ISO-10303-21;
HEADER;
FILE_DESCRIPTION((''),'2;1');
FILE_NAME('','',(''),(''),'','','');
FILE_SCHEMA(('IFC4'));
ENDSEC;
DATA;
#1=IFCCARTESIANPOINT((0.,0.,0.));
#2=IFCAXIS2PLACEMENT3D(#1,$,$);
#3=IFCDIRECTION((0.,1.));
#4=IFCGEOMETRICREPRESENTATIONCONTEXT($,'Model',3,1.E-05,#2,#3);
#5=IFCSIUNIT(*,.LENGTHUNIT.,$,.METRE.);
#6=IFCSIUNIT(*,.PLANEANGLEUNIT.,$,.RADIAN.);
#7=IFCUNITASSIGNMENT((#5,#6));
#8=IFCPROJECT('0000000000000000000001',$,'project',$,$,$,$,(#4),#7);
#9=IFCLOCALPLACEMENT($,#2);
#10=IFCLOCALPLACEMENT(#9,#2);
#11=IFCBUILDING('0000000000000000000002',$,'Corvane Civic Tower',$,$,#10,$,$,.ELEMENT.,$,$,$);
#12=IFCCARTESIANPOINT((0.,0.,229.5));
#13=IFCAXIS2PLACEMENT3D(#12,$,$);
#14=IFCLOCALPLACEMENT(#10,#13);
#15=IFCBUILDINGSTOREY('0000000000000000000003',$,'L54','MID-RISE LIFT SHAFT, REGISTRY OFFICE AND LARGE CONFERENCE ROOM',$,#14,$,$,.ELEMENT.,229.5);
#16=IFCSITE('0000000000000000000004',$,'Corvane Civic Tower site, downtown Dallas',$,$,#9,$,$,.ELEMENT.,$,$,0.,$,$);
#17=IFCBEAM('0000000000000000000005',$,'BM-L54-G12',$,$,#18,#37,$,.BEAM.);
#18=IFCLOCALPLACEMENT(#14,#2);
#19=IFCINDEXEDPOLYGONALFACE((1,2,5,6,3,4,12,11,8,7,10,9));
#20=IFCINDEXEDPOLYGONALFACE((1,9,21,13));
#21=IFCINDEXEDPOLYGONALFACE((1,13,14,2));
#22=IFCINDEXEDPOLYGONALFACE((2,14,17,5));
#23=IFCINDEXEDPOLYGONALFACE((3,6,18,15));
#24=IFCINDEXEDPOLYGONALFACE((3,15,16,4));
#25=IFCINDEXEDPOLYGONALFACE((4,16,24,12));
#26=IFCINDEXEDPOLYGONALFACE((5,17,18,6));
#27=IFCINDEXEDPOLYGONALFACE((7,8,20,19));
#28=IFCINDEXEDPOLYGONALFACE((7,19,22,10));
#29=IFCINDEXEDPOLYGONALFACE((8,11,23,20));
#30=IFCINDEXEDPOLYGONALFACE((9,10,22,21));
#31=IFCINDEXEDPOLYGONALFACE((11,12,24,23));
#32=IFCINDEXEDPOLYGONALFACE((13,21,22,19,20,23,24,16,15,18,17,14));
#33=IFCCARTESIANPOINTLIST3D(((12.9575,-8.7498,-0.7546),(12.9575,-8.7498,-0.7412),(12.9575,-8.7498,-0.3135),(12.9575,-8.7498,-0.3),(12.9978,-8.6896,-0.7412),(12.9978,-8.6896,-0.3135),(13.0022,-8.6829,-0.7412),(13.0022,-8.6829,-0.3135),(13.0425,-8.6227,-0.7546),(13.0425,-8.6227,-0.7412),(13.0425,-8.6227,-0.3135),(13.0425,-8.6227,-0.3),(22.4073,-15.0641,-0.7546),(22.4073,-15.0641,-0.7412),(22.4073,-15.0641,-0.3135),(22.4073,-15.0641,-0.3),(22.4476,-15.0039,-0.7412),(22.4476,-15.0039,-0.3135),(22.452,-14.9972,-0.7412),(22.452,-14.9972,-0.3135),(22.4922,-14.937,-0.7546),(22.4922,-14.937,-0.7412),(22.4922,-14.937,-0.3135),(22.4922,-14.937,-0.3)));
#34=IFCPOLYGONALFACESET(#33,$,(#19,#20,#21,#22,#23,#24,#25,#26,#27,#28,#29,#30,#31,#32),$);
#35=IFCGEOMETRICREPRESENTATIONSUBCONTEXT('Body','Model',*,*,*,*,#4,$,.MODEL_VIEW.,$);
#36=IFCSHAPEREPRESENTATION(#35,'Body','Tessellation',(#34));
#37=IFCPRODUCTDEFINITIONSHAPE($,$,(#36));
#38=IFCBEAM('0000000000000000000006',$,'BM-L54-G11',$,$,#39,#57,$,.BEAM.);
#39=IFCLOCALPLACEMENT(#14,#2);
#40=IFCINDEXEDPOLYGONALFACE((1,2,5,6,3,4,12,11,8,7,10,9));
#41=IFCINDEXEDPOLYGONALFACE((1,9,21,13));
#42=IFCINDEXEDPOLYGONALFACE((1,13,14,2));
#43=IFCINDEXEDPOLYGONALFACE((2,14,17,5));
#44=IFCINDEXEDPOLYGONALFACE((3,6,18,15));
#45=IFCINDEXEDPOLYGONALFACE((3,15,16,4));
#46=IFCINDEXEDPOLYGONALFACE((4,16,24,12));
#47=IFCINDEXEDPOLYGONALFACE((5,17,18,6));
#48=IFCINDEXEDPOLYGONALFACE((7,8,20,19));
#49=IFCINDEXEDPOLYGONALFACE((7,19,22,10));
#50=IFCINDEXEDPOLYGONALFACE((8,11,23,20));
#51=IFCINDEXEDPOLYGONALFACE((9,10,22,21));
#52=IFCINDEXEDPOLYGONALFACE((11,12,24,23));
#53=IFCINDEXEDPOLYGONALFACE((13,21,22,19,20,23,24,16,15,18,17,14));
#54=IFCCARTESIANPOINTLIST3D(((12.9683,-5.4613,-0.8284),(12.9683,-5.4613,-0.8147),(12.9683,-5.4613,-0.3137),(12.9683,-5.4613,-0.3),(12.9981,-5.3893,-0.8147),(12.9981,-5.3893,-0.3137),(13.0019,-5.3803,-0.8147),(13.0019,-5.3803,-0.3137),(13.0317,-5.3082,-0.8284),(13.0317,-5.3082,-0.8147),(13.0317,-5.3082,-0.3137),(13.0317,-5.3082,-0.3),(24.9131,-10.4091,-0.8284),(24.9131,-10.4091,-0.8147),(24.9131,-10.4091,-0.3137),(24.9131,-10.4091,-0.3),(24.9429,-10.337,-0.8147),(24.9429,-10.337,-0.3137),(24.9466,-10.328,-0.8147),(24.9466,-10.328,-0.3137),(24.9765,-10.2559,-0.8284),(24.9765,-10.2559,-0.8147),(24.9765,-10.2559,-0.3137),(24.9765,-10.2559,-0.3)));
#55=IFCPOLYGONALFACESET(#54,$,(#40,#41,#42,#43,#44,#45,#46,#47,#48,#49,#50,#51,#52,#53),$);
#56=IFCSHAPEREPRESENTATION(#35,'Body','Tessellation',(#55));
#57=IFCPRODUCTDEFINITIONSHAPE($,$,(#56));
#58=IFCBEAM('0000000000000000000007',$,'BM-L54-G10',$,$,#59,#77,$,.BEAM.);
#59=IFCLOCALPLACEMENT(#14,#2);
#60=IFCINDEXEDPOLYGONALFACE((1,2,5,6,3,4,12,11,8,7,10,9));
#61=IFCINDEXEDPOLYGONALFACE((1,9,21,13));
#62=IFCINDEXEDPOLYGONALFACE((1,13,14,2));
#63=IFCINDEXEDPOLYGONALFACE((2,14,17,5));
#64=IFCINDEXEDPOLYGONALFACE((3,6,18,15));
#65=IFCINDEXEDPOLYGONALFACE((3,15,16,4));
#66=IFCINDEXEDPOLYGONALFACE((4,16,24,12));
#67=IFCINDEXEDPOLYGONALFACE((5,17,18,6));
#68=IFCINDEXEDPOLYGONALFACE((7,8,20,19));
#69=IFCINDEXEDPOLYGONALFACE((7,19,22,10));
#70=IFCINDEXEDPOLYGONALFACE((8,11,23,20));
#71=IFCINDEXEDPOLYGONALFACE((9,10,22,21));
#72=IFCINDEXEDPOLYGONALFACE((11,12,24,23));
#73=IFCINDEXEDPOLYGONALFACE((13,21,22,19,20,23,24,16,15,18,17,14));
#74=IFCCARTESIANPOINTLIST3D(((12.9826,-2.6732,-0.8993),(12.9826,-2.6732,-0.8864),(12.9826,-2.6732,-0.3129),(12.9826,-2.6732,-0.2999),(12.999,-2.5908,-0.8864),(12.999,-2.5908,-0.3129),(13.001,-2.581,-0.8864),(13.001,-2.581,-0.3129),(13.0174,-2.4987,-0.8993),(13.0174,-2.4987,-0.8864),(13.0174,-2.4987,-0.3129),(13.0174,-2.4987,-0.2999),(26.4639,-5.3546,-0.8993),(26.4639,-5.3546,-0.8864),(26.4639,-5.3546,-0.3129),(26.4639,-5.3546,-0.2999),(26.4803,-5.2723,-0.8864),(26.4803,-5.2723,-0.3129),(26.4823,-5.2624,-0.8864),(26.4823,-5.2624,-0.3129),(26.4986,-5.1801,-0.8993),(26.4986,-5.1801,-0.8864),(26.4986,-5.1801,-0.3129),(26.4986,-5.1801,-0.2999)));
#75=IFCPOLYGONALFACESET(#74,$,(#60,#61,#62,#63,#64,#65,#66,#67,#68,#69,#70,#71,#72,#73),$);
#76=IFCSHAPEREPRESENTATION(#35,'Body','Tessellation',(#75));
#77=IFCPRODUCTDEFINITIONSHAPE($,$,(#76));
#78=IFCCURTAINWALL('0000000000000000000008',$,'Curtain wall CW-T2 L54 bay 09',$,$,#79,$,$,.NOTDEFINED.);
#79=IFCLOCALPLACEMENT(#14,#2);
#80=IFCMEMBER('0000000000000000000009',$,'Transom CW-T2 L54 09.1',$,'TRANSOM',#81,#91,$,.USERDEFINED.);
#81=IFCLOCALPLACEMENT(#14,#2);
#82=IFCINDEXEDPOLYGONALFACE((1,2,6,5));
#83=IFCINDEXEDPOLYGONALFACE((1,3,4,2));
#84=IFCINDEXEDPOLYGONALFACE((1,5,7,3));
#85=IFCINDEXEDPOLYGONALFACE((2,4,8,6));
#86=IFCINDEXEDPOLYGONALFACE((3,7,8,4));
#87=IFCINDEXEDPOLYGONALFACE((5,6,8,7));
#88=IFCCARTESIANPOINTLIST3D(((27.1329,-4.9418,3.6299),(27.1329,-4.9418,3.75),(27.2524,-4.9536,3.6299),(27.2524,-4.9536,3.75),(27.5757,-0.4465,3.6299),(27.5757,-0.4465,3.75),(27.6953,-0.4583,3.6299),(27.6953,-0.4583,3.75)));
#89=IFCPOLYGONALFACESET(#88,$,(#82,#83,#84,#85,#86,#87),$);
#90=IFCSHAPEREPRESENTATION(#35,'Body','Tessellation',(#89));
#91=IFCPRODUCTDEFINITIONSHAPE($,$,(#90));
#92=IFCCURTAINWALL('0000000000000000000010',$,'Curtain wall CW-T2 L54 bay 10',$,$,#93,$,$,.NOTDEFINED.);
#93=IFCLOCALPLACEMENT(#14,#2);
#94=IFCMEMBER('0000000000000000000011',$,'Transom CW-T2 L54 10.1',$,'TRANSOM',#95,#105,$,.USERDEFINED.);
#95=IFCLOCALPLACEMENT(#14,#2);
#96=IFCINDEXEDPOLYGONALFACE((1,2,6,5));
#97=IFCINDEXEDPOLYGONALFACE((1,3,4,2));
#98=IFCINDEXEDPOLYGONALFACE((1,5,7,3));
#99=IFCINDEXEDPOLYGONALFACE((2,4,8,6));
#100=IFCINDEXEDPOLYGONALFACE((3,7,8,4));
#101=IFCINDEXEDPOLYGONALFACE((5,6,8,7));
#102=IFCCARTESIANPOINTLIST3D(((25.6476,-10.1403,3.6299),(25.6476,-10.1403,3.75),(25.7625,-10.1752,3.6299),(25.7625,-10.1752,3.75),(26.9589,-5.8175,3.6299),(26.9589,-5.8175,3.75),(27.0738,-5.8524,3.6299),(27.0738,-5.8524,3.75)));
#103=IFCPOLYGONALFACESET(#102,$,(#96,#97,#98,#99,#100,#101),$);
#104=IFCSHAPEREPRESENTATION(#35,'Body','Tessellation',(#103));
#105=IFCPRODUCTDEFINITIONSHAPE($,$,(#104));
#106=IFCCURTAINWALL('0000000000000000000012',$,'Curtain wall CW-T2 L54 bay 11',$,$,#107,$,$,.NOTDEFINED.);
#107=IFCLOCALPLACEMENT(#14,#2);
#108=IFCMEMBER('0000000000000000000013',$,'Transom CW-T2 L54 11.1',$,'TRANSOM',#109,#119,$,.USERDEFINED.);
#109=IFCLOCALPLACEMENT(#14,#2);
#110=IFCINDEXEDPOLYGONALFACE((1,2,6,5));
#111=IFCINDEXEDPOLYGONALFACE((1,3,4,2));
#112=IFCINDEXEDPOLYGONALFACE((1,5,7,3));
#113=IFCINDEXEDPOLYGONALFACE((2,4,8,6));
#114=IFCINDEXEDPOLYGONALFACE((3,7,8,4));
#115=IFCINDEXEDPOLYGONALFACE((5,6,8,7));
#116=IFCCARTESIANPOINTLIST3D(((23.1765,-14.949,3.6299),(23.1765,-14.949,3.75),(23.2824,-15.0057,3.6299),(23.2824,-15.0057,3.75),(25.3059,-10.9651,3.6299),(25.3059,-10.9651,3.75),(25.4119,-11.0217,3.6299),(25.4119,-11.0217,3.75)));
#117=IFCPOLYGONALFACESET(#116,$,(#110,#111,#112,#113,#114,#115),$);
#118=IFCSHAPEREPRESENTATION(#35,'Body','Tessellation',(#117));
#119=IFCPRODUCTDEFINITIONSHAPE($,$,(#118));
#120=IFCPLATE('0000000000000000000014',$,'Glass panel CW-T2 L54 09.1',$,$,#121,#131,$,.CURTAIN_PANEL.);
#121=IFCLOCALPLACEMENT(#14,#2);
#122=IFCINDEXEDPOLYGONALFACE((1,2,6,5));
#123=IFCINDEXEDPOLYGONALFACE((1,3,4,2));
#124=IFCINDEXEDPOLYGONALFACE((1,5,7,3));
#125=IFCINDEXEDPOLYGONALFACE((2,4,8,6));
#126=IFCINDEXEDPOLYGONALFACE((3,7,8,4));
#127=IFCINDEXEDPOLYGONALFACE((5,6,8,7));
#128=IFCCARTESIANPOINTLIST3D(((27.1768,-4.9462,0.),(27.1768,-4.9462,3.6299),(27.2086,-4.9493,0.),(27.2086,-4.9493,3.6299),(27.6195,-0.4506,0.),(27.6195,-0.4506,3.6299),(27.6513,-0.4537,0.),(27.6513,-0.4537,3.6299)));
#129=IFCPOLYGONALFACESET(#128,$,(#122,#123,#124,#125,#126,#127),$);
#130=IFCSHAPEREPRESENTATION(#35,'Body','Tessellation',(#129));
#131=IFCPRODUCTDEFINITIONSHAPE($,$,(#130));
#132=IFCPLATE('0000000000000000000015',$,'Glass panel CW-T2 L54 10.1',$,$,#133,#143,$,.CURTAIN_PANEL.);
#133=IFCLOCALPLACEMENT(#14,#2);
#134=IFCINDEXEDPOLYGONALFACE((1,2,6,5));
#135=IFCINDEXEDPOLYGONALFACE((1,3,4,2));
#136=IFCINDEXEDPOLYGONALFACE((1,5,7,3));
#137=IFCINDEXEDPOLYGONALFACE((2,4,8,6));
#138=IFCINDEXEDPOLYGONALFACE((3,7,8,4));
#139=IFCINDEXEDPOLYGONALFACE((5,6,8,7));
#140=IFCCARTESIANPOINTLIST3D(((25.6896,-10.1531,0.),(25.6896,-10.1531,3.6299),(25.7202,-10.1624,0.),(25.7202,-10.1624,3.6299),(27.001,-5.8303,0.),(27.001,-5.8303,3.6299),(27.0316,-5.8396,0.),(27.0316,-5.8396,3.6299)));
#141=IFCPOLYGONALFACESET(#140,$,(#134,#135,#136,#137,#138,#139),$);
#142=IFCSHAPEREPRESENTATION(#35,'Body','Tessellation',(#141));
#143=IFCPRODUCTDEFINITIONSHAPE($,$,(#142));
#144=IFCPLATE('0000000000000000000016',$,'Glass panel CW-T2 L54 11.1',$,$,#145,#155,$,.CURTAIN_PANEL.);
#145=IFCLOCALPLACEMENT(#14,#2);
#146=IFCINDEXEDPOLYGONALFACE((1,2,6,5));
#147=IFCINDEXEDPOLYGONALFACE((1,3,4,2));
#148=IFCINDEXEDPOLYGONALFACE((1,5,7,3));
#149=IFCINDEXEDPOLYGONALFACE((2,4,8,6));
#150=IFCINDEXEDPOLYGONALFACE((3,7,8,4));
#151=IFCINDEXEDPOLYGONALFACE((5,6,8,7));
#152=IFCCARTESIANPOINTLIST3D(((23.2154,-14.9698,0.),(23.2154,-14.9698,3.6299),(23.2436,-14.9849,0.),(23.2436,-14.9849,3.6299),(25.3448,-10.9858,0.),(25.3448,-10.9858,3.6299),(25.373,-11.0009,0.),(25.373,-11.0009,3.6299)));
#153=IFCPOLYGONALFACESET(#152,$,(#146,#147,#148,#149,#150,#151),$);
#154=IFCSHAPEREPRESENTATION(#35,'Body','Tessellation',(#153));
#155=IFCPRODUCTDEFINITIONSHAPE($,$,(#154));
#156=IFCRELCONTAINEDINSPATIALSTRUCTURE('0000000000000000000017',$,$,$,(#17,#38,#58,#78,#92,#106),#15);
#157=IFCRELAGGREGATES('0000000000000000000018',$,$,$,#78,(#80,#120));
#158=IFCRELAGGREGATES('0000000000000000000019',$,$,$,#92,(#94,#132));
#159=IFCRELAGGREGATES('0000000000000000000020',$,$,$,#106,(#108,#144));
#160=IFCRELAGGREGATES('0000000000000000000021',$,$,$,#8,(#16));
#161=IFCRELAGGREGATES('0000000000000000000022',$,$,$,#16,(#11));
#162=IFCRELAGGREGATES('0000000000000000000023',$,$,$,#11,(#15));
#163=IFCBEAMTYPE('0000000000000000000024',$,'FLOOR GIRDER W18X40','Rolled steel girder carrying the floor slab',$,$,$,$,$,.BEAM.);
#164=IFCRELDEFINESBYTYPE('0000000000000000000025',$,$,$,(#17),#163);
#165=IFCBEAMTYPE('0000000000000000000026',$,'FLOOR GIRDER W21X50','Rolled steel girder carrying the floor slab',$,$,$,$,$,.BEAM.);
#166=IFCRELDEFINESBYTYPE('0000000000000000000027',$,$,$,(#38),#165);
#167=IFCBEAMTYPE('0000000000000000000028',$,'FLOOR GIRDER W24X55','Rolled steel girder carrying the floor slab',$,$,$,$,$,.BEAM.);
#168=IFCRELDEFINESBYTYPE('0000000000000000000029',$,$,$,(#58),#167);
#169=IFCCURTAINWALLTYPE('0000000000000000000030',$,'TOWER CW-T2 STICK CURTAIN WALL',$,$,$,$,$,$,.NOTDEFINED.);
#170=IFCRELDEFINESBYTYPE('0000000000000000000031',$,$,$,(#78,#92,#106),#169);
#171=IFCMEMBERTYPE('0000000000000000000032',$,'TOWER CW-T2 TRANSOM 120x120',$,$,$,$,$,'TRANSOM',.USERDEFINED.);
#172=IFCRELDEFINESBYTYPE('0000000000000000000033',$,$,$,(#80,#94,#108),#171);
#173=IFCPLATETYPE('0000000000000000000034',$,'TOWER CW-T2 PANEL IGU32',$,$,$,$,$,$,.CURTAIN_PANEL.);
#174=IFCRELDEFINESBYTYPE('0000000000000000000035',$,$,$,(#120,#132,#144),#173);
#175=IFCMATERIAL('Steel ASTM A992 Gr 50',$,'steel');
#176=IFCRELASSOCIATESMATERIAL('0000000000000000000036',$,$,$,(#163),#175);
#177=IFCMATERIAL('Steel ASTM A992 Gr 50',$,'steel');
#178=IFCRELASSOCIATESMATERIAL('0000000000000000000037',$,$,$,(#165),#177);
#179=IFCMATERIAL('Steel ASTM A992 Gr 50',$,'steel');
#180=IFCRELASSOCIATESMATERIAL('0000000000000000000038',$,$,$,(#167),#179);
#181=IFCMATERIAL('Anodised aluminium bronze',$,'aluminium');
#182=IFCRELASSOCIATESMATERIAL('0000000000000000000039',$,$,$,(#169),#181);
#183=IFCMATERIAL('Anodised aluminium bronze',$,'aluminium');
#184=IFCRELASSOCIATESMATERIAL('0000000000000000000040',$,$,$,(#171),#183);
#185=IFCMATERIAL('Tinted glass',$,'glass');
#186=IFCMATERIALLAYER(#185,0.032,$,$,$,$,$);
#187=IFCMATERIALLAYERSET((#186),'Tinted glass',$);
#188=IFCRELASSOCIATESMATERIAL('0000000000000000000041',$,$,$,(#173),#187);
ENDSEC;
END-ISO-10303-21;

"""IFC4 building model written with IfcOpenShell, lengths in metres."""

from ifc_helpers import new_model, si_unit, direction, frame, origin, origin_2d, place, context, subcontext, project, spatial, rectangle, i_section, extrude, material, layer, layer_set, material_profile, profile_set, type_object, element, aggregate, save


model = new_model("IFC4")

# Units and contexts
model_context = context("Model", 3, precision=1e-05, world=origin(), true_north=direction((0.0, 1.0)))
body_context = subcontext(model_context, "Body", "Model", "MODEL_VIEW")
ifc_project = project(units=[si_unit("LENGTHUNIT", "METRE"), si_unit("PLANEANGLEUNIT", "RADIAN")], contexts=[model_context])

# Site, building, storey
site_placement = place(None, origin())
site = spatial("IfcSite", under=ifc_project, at=site_placement, Name="Corvane Civic Tower site, downtown Dallas", CompositionType="ELEMENT", RefElevation=0.0)
building_placement = place(site_placement, origin())
building = spatial("IfcBuilding", under=site, at=building_placement, Name="Corvane Civic Tower", CompositionType="ELEMENT")
storey_placement = place(building_placement, frame((0.0, 0.0, 229.5)))
storey = spatial("IfcBuildingStorey", under=building, at=storey_placement, Name="L54", Description="MID-RISE LIFT SHAFT, REGISTRY OFFICE AND LARGE CONFERENCE ROOM", CompositionType="ELEMENT", Elevation=229.5)

# Beams
ifc_material_1 = material(Name="Steel ASTM A992 Gr 50", Category="steel")
ifc_material_profile_1 = material_profile(ifc_material_1, i_section(OverallWidth=0.1528, OverallDepth=0.4546, WebThickness=0.0081, FlangeThickness=0.0134, at=origin_2d()), Name="W18X40")
ifc_profile_set_1 = profile_set([ifc_material_profile_1], Name="Steel ASTM A992 Gr 50")
beam_type_1 = type_object("IfcBeamType", Name="FLOOR GIRDER W18X40", Description="Rolled steel girder carrying the floor slab", PredefinedType="BEAM", material=ifc_profile_set_1)
beam_1_placement = place(storey_placement, frame((13.0, -8.6863, -0.5273), z_axis=(0.831465, -0.555577, 0.0), x_axis=(0.555577, 0.831465, 0.0)))
element("IfcBeam", 1, at=beam_1_placement, inside=storey, type_object=beam_type_1, Name="BM-L54-G12", PredefinedType="BEAM", context=body_context, shape_type="SweptSolid", body=[
    extrude(i_section(OverallWidth=0.1528, OverallDepth=0.4546, WebThickness=0.0081, FlangeThickness=0.0134, at=origin_2d()), origin(), (0.0, 0.0, 1.0), 11.3652),
])
ifc_material_2 = material(Name="Steel ASTM A992 Gr 50", Category="steel")
ifc_material_profile_2 = material_profile(ifc_material_2, i_section(OverallWidth=0.1658, OverallDepth=0.5283, WebThickness=0.0098, FlangeThickness=0.0137, at=origin_2d()), Name="W21X50")
ifc_profile_set_2 = profile_set([ifc_material_profile_2], Name="Steel ASTM A992 Gr 50")
beam_type_2 = type_object("IfcBeamType", Name="FLOOR GIRDER W21X50", Description="Rolled steel girder carrying the floor slab", PredefinedType="BEAM", material=ifc_profile_set_2)
beam_2_placement = place(storey_placement, frame((13.0, -5.3848, -0.5642), z_axis=(0.923878, -0.382686, 0.0), x_axis=(0.382686, 0.923878, 0.0)))
element("IfcBeam", 2, at=beam_2_placement, inside=storey, type_object=beam_type_2, Name="BM-L54-G11", PredefinedType="BEAM", context=body_context, shape_type="SweptSolid", body=[
    extrude(i_section(OverallWidth=0.1658, OverallDepth=0.5283, WebThickness=0.0098, FlangeThickness=0.0137, at=origin_2d()), origin(), (0.0, 0.0, 1.0), 12.929),
])
ifc_material_3 = material(Name="Steel ASTM A992 Gr 50", Category="steel")
ifc_material_profile_3 = material_profile(ifc_material_3, i_section(OverallWidth=0.178, OverallDepth=0.5994, WebThickness=0.01, FlangeThickness=0.0129, at=origin_2d()), Name="W24X55")
ifc_profile_set_3 = profile_set([ifc_material_profile_3], Name="Steel ASTM A992 Gr 50")
beam_type_3 = type_object("IfcBeamType", Name="FLOOR GIRDER W24X55", Description="Rolled steel girder carrying the floor slab", PredefinedType="BEAM", material=ifc_profile_set_3)
beam_3_placement = place(storey_placement, frame((13.0, -2.5859, -0.5996), z_axis=(0.980788, -0.195078, 0.0), x_axis=(0.195078, 0.980788, 0.0)))
element("IfcBeam", 3, at=beam_3_placement, inside=storey, type_object=beam_type_3, Name="BM-L54-G10", PredefinedType="BEAM", context=body_context, shape_type="SweptSolid", body=[
    extrude(i_section(OverallWidth=0.178, OverallDepth=0.5994, WebThickness=0.01, FlangeThickness=0.0129, at=origin_2d()), origin(), (0.0, 0.0, 1.0), 13.7454),
])

# Curtain walls, members
ifc_material_4 = material(Name="Anodised aluminium bronze", Category="aluminium")
curtain_wall_type = type_object("IfcCurtainWallType", Name="TOWER CW-T2 STICK CURTAIN WALL", PredefinedType="NOTDEFINED", material=ifc_material_4)
curtain_wall_1_placement = place(storey_placement, origin())
curtain_wall_1 = element("IfcCurtainWall", 4, at=curtain_wall_1_placement, inside=storey, type_object=curtain_wall_type, Name="Curtain wall CW-T2 L54 bay 09", PredefinedType="NOTDEFINED")
ifc_material_5 = material(Name="Anodised aluminium bronze", Category="aluminium")
ifc_material_profile_4 = material_profile(ifc_material_5, rectangle(XDim=0.1201, YDim=0.1201, at=origin_2d()), Name="TOWER CW-T2 TRANSOM 120x120")
ifc_profile_set_4 = profile_set([ifc_material_profile_4], Name="Anodised aluminium bronze")
member_type = type_object("IfcMemberType", Name="TOWER CW-T2 TRANSOM 120x120", ElementType="TRANSOM", PredefinedType="USERDEFINED", material=ifc_profile_set_4)
member_1_placement = place(storey_placement, frame((27.6355, -0.4524, 3.6899), z_axis=(-0.098043, -0.995182, 0.0), x_axis=(0.995182, -0.098043, 0.0)))
member_1 = element("IfcMember", 5, at=member_1_placement, type_object=member_type, Name="Transom CW-T2 L54 09.1", ObjectType="TRANSOM", PredefinedType="USERDEFINED", context=body_context, shape_type="SweptSolid", body=[
    extrude(rectangle(XDim=0.1201, YDim=0.1201, at=origin_2d()), origin(), (0.0, 0.0, 1.0), 4.5171),
])
curtain_wall_2_placement = place(storey_placement, origin())
curtain_wall_2 = element("IfcCurtainWall", 6, at=curtain_wall_2_placement, inside=storey, type_object=curtain_wall_type, Name="Curtain wall CW-T2 L54 bay 10", PredefinedType="NOTDEFINED")
member_2_placement = place(storey_placement, frame((27.0164, -5.835, 3.6899), z_axis=(-0.290282, -0.956941, 0.0), x_axis=(0.956941, -0.290282, 0.0)))
member_2 = element("IfcMember", 7, at=member_2_placement, type_object=member_type, Name="Transom CW-T2 L54 10.1", ObjectType="TRANSOM", PredefinedType="USERDEFINED", context=body_context, shape_type="SweptSolid", body=[
    extrude(rectangle(XDim=0.1201, YDim=0.1201, at=origin_2d()), origin(), (0.0, 0.0, 1.0), 4.5173),
])
curtain_wall_3_placement = place(storey_placement, origin())
curtain_wall_3 = element("IfcCurtainWall", 8, at=curtain_wall_3_placement, inside=storey, type_object=curtain_wall_type, Name="Curtain wall CW-T2 L54 bay 11", PredefinedType="NOTDEFINED")
member_3_placement = place(storey_placement, frame((25.3589, -10.9934, 3.6899), z_axis=(-0.47139, -0.881925, 0.0), x_axis=(0.881925, -0.47139, 0.0)))
member_3 = element("IfcMember", 9, at=member_3_placement, type_object=member_type, Name="Transom CW-T2 L54 11.1", ObjectType="TRANSOM", PredefinedType="USERDEFINED", context=body_context, shape_type="SweptSolid", body=[
    extrude(rectangle(XDim=0.1201, YDim=0.1201, at=origin_2d()), origin(), (0.0, 0.0, 1.0), 4.5173),
])

# Plates
ifc_material_6 = material(Name="Tinted glass", Category="glass")
ifc_layer_1 = layer(ifc_material_6, 0.032)
ifc_layer_set_1 = layer_set([ifc_layer_1], Name="Tinted glass")
plate_type = type_object("IfcPlateType", Name="TOWER CW-T2 PANEL IGU32", PredefinedType="CURTAIN_PANEL", material=ifc_layer_set_1)
plate_1_placement = place(storey_placement, frame((27.4141, -2.7, 0.0), z_axis=(0.0, 0.0, 1.0), x_axis=(-0.097993, -0.995187, 0.0)))
plate_1 = element("IfcPlate", 10, at=plate_1_placement, type_object=plate_type, Name="Glass panel CW-T2 L54 09.1", PredefinedType="CURTAIN_PANEL", context=body_context, shape_type="SweptSolid", body=[
    extrude(rectangle(XDim=4.5173, YDim=0.032, at=origin_2d()), origin(), (0.0, 0.0, 1.0), 3.6299),
])
aggregate(curtain_wall_1, [member_1, plate_1])
plate_2_placement = place(storey_placement, frame((26.3606, -7.9963, 0.0), z_axis=(0.0, 0.0, 1.0), x_axis=(-0.29029, -0.956939, 0.0)))
plate_2 = element("IfcPlate", 11, at=plate_2_placement, type_object=plate_type, Name="Glass panel CW-T2 L54 10.1", PredefinedType="CURTAIN_PANEL", context=body_context, shape_type="SweptSolid", body=[
    extrude(rectangle(XDim=4.5173, YDim=0.032, at=origin_2d()), origin(), (0.0, 0.0, 1.0), 3.6299),
])
aggregate(curtain_wall_2, [member_2, plate_2])
plate_3_placement = place(storey_placement, frame((24.2942, -12.9854, 0.0), z_axis=(0.0, 0.0, 1.0), x_axis=(-0.471398, -0.88192, 0.0)))
plate_3 = element("IfcPlate", 12, at=plate_3_placement, type_object=plate_type, Name="Glass panel CW-T2 L54 11.1", PredefinedType="CURTAIN_PANEL", context=body_context, shape_type="SweptSolid", body=[
    extrude(rectangle(XDim=4.5173, YDim=0.032, at=origin_2d()), origin(), (0.0, 0.0, 1.0), 3.6299),
])
aggregate(curtain_wall_3, [member_3, plate_3])

save(model, "model.ifc")
